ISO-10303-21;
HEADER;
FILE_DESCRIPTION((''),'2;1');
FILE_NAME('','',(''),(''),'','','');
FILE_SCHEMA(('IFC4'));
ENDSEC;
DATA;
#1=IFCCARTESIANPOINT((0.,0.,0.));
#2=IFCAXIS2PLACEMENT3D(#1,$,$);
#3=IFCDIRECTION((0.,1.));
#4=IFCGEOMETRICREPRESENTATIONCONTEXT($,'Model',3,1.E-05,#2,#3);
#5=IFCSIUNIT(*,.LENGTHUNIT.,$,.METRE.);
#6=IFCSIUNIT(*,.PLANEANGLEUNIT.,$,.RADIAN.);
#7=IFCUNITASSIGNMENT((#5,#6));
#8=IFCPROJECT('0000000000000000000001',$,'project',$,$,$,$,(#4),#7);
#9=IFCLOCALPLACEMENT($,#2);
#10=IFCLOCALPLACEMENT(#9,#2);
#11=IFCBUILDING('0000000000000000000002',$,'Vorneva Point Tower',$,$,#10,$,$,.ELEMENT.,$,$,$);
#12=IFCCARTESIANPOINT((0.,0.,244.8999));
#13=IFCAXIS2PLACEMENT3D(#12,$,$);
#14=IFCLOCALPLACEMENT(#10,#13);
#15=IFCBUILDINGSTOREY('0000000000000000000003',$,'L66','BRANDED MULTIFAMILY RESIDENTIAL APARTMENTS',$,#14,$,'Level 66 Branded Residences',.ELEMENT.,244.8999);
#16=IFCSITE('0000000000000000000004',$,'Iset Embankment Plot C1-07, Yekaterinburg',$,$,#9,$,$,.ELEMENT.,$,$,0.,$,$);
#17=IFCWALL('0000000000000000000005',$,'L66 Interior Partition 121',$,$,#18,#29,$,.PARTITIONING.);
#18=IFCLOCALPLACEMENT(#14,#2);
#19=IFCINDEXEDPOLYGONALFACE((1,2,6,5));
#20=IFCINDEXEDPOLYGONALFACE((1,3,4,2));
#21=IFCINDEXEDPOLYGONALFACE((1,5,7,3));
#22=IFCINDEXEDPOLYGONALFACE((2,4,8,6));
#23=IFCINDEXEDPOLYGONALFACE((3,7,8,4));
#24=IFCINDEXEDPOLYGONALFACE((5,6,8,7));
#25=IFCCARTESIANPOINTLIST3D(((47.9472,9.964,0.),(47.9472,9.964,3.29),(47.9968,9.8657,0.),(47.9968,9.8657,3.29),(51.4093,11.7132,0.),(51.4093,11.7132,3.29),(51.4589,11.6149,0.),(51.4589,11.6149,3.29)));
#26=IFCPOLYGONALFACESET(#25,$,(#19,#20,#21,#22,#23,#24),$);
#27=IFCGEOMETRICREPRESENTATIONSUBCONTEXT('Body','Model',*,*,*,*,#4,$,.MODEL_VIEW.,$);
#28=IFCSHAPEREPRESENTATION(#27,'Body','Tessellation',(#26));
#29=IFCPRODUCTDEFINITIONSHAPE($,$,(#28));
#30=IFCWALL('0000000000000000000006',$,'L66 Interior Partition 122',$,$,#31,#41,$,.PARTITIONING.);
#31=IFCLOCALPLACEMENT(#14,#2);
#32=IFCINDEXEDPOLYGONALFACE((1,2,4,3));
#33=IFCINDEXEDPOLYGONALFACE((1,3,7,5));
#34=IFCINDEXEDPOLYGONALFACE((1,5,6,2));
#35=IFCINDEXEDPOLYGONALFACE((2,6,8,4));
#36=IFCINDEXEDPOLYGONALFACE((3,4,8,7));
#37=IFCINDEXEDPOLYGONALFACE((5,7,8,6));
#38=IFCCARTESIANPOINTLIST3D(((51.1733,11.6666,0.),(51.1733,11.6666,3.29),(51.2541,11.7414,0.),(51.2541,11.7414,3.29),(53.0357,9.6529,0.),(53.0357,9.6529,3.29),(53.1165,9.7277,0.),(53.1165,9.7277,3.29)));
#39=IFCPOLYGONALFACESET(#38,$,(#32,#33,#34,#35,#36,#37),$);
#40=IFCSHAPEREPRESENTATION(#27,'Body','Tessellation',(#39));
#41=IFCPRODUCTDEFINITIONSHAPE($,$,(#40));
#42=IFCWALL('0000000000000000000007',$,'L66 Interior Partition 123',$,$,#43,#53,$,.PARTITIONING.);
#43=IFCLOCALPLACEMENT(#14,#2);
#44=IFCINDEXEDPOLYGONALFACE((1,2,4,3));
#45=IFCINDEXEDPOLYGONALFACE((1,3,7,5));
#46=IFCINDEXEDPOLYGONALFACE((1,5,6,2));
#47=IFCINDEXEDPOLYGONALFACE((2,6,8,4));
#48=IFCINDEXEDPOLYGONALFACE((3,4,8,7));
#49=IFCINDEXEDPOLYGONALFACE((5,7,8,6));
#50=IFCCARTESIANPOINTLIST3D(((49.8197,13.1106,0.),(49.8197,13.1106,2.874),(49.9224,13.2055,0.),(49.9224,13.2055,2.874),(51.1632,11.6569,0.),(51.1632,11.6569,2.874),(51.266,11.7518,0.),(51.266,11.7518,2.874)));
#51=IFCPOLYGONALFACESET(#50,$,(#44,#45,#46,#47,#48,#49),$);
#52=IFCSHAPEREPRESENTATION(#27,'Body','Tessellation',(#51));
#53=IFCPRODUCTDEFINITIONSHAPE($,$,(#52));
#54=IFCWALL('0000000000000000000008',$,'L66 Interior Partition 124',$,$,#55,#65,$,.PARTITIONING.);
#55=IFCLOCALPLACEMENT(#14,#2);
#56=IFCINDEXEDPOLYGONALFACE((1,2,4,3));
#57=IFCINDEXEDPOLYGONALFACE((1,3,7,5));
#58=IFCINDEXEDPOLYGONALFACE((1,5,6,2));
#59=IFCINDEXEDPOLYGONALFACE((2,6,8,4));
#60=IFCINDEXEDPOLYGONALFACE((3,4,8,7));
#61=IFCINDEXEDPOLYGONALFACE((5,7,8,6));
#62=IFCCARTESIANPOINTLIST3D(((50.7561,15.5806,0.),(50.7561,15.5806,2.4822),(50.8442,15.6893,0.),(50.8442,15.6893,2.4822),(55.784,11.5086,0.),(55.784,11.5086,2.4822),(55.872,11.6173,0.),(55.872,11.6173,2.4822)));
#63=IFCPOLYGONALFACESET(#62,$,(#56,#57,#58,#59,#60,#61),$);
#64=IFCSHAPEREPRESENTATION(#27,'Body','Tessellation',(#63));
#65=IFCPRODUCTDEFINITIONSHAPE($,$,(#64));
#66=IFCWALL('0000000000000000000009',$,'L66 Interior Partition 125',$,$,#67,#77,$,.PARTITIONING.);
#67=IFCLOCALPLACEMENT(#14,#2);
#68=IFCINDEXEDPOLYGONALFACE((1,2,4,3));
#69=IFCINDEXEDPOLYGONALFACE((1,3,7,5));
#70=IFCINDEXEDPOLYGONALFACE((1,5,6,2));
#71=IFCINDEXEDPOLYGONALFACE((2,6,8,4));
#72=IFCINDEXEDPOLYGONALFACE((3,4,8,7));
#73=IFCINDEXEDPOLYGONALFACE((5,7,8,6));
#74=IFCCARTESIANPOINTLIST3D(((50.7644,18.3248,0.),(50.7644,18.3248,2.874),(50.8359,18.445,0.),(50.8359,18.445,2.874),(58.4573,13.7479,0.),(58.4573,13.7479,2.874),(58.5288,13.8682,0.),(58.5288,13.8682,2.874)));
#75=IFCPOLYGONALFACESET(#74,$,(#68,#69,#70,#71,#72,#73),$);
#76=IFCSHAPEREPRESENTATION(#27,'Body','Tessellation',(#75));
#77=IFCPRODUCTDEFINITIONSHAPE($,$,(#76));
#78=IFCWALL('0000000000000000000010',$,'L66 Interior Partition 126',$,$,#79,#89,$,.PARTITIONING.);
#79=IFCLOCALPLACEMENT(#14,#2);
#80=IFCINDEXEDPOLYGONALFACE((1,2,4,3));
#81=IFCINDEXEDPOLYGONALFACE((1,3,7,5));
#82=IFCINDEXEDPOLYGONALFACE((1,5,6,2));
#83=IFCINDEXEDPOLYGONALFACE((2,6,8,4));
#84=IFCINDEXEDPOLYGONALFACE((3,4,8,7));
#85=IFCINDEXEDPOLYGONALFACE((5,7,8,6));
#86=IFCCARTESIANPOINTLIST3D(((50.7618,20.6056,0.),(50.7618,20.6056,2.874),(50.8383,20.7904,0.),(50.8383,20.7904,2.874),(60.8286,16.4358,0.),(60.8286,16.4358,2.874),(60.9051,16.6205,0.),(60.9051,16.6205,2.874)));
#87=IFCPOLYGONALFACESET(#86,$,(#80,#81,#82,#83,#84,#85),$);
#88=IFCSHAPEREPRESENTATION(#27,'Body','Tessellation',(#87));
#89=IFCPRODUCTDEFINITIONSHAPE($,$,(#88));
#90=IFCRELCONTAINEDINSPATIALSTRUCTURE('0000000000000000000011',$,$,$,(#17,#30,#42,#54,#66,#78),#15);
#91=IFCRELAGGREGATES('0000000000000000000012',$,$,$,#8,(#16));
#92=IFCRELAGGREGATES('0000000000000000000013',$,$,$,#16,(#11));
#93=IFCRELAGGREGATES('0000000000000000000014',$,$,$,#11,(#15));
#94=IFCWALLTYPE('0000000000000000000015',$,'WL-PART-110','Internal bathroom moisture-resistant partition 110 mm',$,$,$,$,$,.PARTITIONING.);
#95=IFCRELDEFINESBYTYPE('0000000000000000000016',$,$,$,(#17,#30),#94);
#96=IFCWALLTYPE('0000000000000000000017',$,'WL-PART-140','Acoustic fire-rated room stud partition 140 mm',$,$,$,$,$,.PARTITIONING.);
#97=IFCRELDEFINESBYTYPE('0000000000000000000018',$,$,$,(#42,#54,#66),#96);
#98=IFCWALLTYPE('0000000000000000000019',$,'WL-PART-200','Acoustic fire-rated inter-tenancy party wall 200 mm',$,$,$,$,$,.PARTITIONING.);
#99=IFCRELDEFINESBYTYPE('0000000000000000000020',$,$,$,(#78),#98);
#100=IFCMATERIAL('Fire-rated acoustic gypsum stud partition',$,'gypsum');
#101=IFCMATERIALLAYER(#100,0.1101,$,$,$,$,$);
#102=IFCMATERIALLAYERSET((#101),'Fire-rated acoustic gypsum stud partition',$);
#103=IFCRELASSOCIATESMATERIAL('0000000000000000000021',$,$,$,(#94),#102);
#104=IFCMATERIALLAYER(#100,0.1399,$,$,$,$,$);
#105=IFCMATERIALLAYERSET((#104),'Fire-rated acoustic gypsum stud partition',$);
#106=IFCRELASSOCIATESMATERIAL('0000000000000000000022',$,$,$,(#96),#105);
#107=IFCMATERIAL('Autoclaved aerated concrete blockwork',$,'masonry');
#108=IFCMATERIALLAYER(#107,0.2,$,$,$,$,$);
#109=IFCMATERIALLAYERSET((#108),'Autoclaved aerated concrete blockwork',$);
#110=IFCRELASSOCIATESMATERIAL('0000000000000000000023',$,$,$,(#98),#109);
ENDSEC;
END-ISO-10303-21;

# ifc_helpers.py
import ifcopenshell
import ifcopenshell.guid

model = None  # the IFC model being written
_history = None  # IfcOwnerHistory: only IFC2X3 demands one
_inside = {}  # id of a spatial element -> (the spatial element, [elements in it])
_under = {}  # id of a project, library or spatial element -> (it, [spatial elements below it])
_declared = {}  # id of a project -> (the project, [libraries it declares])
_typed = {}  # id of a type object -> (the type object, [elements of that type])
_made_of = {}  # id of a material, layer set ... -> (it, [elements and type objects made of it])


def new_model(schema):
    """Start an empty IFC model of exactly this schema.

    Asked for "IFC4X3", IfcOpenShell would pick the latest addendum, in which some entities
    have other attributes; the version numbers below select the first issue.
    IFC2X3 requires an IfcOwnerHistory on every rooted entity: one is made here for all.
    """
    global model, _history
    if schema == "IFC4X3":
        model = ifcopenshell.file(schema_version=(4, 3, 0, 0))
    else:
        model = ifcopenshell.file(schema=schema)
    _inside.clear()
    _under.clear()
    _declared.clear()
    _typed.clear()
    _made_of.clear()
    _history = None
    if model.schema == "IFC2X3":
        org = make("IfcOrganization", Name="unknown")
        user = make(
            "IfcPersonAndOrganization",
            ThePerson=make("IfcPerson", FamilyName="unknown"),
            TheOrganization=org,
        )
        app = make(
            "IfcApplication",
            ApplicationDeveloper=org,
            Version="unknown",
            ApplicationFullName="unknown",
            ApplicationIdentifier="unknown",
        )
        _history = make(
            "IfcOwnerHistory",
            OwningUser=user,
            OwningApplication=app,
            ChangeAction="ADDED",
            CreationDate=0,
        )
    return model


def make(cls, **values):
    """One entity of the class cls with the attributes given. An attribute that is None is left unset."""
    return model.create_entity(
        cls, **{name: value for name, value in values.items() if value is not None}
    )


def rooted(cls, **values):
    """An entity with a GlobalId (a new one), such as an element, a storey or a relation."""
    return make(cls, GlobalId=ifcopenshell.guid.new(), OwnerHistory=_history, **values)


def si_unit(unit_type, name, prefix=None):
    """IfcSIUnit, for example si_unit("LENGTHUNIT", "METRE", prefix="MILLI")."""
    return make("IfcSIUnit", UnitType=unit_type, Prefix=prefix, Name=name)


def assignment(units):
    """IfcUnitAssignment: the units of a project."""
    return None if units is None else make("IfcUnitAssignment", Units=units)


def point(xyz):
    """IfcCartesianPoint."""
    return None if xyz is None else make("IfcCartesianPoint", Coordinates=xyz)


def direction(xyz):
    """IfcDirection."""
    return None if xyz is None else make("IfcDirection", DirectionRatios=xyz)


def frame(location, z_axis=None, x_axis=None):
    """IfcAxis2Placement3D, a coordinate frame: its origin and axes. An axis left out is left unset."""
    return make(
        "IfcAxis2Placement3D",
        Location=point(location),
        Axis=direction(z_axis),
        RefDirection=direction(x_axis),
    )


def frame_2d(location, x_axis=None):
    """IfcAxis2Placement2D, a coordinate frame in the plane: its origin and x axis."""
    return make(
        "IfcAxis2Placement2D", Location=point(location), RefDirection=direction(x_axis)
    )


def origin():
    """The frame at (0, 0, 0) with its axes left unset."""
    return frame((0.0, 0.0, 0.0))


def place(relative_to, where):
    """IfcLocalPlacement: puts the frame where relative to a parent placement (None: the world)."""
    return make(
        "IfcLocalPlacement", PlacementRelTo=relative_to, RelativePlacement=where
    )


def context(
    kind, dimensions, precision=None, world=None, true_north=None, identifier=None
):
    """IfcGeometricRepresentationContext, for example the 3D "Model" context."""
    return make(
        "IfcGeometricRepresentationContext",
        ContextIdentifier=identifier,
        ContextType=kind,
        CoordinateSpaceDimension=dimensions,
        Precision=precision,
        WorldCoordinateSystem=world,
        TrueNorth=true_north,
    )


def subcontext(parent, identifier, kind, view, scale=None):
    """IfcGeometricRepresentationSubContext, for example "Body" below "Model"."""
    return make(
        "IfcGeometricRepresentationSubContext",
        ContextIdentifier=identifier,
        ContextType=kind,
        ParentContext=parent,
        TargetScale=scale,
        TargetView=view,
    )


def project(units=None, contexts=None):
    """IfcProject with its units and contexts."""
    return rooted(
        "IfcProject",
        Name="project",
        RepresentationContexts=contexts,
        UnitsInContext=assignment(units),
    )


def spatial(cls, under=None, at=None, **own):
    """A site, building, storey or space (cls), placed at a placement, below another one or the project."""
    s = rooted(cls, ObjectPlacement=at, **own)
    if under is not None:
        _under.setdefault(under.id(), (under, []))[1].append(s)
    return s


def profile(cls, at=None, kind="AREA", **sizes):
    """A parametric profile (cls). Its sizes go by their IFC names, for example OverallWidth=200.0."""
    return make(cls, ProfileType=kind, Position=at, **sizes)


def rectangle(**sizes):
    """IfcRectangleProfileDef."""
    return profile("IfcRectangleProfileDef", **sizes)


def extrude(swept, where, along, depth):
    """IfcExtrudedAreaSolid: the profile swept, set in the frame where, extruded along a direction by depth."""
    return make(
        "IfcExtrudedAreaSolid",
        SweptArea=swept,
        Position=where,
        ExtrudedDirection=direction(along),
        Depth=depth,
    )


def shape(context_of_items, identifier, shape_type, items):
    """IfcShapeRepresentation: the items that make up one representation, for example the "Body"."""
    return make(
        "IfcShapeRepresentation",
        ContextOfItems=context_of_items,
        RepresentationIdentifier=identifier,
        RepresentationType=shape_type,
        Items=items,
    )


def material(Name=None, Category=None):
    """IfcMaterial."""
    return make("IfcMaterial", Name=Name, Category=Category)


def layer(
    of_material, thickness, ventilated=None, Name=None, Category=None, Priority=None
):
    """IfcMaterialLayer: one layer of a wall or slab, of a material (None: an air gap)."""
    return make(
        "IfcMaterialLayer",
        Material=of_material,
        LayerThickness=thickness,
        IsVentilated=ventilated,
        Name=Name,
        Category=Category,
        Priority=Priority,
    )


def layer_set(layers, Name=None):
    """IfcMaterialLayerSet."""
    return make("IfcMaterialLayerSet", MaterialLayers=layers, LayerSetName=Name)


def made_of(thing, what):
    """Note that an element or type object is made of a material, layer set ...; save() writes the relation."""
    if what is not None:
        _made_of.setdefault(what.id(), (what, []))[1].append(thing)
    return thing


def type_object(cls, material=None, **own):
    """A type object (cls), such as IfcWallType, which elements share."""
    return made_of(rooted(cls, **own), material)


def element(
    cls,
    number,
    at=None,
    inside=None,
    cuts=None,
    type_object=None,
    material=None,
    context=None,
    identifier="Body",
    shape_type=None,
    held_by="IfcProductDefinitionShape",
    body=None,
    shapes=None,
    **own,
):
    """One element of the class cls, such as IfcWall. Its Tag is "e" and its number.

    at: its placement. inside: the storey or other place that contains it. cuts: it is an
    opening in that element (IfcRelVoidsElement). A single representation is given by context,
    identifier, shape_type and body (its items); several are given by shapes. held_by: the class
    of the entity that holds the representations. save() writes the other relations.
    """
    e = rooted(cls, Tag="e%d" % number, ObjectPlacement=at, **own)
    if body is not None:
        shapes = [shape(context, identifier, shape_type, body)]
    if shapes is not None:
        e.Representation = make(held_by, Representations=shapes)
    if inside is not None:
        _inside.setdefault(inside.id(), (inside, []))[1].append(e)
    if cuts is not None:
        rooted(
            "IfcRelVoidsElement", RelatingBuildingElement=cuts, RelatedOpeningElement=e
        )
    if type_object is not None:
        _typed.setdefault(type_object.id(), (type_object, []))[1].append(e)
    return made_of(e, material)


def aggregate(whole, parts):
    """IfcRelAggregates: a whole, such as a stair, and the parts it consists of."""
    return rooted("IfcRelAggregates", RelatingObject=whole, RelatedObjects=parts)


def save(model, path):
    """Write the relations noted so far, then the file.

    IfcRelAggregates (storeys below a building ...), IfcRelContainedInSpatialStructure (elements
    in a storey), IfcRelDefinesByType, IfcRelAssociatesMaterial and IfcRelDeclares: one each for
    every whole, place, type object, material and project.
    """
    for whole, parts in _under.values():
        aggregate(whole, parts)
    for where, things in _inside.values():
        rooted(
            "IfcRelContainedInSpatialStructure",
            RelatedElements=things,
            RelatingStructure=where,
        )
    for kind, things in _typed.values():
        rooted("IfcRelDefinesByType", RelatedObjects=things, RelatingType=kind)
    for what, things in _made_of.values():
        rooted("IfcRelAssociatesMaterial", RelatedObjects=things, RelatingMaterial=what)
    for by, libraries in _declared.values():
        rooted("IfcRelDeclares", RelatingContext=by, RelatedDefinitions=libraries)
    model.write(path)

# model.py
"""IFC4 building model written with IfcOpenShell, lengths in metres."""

from ifc_helpers import new_model, si_unit, direction, frame, frame_2d, origin, place, context, subcontext, project, spatial, rectangle, extrude, material, layer, layer_set, type_object, element, save


model = new_model("IFC4")

# Units and contexts
model_context = context("Model", 3, precision=1e-05, world=origin(), true_north=direction((0.0, 1.0)))
body_context = subcontext(model_context, "Body", "Model", "MODEL_VIEW")
ifc_project = project(units=[si_unit("LENGTHUNIT", "METRE"), si_unit("PLANEANGLEUNIT", "RADIAN")], contexts=[model_context])

# Site, building, storey
site_placement = place(None, origin())
site = spatial("IfcSite", under=ifc_project, at=site_placement, Name="Iset Embankment Plot C1-07, Yekaterinburg", CompositionType="ELEMENT", RefElevation=0.0)
building_placement = place(site_placement, origin())
building = spatial("IfcBuilding", under=site, at=building_placement, Name="Vorneva Point Tower", CompositionType="ELEMENT")
storey_placement = place(building_placement, frame((0.0, 0.0, 244.8999)))
storey = spatial("IfcBuildingStorey", under=building, at=storey_placement, Name="L66", Description="BRANDED MULTIFAMILY RESIDENTIAL APARTMENTS", LongName="Level 66 Branded Residences", CompositionType="ELEMENT", Elevation=244.8999)

# Walls
ifc_material_1 = material(Name="Fire-rated acoustic gypsum stud partition", Category="gypsum")
ifc_layer_1 = layer(ifc_material_1, 0.1101)
ifc_layer_set_1 = layer_set([ifc_layer_1], Name="Fire-rated acoustic gypsum stud partition")
wall_type_1 = type_object("IfcWallType", Name="WL-PART-110", Description="Internal bathroom moisture-resistant partition 110 mm", PredefinedType="PARTITIONING", material=ifc_layer_set_1)
wall_1_placement = place(storey_placement, frame((51.4341, 11.6641, 0.0), z_axis=(0.0, 0.0, 1.0), x_axis=(-0.892544, -0.450961, 0.0)))
element("IfcWall", 1, at=wall_1_placement, inside=storey, type_object=wall_type_1, Name="L66 Interior Partition 121", PredefinedType="PARTITIONING", context=body_context, shape_type="SweptSolid", body=[
    extrude(rectangle(XDim=3.8789, YDim=0.1101, at=frame_2d((1.9395, 0.0))), origin(), (0.0, 0.0, 1.0), 3.29),
])
wall_2_placement = place(storey_placement, frame((53.0762, 9.6902, 0.0), z_axis=(0.0, 0.0, 1.0), x_axis=(-0.678975, 0.734162, 0.0)))
element("IfcWall", 2, at=wall_2_placement, inside=storey, type_object=wall_type_1, Name="L66 Interior Partition 122", PredefinedType="PARTITIONING", context=body_context, shape_type="SweptSolid", body=[
    extrude(rectangle(XDim=2.7429, YDim=0.1101, at=frame_2d((1.3716, 0.0))), origin(), (0.0, 0.0, 1.0), 3.29),
])
ifc_layer_2 = layer(ifc_material_1, 0.1399)
ifc_layer_set_2 = layer_set([ifc_layer_2], Name="Fire-rated acoustic gypsum stud partition")
wall_type_2 = type_object("IfcWallType", Name="WL-PART-140", Description="Acoustic fire-rated room stud partition 140 mm", PredefinedType="PARTITIONING", material=ifc_layer_set_2)
wall_3_placement = place(storey_placement, frame((51.2146, 11.7043, 0.0), z_axis=(0.0, 0.0, 1.0), x_axis=(-0.678746, 0.734373, 0.0)))
element("IfcWall", 3, at=wall_3_placement, inside=storey, type_object=wall_type_2, Name="L66 Interior Partition 123", PredefinedType="PARTITIONING", context=body_context, shape_type="SweptSolid", body=[
    extrude(rectangle(XDim=1.9795, YDim=0.1399, at=frame_2d((0.9897, 0.0))), origin(), (0.0, 0.0, 1.0), 2.874),
])
wall_4_placement = place(storey_placement, frame((55.8279, 11.563, 0.0), z_axis=(0.0, 0.0, 1.0), x_axis=(-0.777103, 0.629373, 0.0)))
element("IfcWall", 4, at=wall_4_placement, inside=storey, type_object=wall_type_2, Name="L66 Interior Partition 124", PredefinedType="PARTITIONING", context=body_context, shape_type="SweptSolid", body=[
    extrude(rectangle(XDim=6.47, YDim=0.1399, at=frame_2d((3.2349, 0.0))), origin(), (0.0, 0.0, 1.0), 2.4822),
])
wall_5_placement = place(storey_placement, frame((58.4929, 13.8081, 0.0), z_axis=(0.0, 0.0, 1.0), x_axis=(-0.8594, 0.511304, 0.0)))
element("IfcWall", 5, at=wall_5_placement, inside=storey, type_object=wall_type_2, Name="L66 Interior Partition 125", PredefinedType="PARTITIONING", context=body_context, shape_type="SweptSolid", body=[
    extrude(rectangle(XDim=8.9514, YDim=0.1399, at=frame_2d((4.4756, 0.0))), origin(), (0.0, 0.0, 1.0), 2.874),
])
ifc_material_2 = material(Name="Autoclaved aerated concrete blockwork", Category="masonry")
ifc_layer_3 = layer(ifc_material_2, 0.2)
ifc_layer_set_3 = layer_set([ifc_layer_3], Name="Autoclaved aerated concrete blockwork")
wall_type_3 = type_object("IfcWallType", Name="WL-PART-200", Description="Acoustic fire-rated inter-tenancy party wall 200 mm", PredefinedType="PARTITIONING", material=ifc_layer_set_3)
wall_6_placement = place(storey_placement, frame((60.8669, 16.5281, 0.0), z_axis=(0.0, 0.0, 1.0), x_axis=(-0.923877, 0.38269, 0.0)))
element("IfcWall", 6, at=wall_6_placement, inside=storey, type_object=wall_type_3, Name="L66 Interior Partition 126", PredefinedType="PARTITIONING", context=body_context, shape_type="SweptSolid", body=[
    extrude(rectangle(XDim=10.8962, YDim=0.2, at=frame_2d((5.4482, 0.0))), origin(), (0.0, 0.0, 1.0), 2.874),
])

save(model, "model.ifc")
